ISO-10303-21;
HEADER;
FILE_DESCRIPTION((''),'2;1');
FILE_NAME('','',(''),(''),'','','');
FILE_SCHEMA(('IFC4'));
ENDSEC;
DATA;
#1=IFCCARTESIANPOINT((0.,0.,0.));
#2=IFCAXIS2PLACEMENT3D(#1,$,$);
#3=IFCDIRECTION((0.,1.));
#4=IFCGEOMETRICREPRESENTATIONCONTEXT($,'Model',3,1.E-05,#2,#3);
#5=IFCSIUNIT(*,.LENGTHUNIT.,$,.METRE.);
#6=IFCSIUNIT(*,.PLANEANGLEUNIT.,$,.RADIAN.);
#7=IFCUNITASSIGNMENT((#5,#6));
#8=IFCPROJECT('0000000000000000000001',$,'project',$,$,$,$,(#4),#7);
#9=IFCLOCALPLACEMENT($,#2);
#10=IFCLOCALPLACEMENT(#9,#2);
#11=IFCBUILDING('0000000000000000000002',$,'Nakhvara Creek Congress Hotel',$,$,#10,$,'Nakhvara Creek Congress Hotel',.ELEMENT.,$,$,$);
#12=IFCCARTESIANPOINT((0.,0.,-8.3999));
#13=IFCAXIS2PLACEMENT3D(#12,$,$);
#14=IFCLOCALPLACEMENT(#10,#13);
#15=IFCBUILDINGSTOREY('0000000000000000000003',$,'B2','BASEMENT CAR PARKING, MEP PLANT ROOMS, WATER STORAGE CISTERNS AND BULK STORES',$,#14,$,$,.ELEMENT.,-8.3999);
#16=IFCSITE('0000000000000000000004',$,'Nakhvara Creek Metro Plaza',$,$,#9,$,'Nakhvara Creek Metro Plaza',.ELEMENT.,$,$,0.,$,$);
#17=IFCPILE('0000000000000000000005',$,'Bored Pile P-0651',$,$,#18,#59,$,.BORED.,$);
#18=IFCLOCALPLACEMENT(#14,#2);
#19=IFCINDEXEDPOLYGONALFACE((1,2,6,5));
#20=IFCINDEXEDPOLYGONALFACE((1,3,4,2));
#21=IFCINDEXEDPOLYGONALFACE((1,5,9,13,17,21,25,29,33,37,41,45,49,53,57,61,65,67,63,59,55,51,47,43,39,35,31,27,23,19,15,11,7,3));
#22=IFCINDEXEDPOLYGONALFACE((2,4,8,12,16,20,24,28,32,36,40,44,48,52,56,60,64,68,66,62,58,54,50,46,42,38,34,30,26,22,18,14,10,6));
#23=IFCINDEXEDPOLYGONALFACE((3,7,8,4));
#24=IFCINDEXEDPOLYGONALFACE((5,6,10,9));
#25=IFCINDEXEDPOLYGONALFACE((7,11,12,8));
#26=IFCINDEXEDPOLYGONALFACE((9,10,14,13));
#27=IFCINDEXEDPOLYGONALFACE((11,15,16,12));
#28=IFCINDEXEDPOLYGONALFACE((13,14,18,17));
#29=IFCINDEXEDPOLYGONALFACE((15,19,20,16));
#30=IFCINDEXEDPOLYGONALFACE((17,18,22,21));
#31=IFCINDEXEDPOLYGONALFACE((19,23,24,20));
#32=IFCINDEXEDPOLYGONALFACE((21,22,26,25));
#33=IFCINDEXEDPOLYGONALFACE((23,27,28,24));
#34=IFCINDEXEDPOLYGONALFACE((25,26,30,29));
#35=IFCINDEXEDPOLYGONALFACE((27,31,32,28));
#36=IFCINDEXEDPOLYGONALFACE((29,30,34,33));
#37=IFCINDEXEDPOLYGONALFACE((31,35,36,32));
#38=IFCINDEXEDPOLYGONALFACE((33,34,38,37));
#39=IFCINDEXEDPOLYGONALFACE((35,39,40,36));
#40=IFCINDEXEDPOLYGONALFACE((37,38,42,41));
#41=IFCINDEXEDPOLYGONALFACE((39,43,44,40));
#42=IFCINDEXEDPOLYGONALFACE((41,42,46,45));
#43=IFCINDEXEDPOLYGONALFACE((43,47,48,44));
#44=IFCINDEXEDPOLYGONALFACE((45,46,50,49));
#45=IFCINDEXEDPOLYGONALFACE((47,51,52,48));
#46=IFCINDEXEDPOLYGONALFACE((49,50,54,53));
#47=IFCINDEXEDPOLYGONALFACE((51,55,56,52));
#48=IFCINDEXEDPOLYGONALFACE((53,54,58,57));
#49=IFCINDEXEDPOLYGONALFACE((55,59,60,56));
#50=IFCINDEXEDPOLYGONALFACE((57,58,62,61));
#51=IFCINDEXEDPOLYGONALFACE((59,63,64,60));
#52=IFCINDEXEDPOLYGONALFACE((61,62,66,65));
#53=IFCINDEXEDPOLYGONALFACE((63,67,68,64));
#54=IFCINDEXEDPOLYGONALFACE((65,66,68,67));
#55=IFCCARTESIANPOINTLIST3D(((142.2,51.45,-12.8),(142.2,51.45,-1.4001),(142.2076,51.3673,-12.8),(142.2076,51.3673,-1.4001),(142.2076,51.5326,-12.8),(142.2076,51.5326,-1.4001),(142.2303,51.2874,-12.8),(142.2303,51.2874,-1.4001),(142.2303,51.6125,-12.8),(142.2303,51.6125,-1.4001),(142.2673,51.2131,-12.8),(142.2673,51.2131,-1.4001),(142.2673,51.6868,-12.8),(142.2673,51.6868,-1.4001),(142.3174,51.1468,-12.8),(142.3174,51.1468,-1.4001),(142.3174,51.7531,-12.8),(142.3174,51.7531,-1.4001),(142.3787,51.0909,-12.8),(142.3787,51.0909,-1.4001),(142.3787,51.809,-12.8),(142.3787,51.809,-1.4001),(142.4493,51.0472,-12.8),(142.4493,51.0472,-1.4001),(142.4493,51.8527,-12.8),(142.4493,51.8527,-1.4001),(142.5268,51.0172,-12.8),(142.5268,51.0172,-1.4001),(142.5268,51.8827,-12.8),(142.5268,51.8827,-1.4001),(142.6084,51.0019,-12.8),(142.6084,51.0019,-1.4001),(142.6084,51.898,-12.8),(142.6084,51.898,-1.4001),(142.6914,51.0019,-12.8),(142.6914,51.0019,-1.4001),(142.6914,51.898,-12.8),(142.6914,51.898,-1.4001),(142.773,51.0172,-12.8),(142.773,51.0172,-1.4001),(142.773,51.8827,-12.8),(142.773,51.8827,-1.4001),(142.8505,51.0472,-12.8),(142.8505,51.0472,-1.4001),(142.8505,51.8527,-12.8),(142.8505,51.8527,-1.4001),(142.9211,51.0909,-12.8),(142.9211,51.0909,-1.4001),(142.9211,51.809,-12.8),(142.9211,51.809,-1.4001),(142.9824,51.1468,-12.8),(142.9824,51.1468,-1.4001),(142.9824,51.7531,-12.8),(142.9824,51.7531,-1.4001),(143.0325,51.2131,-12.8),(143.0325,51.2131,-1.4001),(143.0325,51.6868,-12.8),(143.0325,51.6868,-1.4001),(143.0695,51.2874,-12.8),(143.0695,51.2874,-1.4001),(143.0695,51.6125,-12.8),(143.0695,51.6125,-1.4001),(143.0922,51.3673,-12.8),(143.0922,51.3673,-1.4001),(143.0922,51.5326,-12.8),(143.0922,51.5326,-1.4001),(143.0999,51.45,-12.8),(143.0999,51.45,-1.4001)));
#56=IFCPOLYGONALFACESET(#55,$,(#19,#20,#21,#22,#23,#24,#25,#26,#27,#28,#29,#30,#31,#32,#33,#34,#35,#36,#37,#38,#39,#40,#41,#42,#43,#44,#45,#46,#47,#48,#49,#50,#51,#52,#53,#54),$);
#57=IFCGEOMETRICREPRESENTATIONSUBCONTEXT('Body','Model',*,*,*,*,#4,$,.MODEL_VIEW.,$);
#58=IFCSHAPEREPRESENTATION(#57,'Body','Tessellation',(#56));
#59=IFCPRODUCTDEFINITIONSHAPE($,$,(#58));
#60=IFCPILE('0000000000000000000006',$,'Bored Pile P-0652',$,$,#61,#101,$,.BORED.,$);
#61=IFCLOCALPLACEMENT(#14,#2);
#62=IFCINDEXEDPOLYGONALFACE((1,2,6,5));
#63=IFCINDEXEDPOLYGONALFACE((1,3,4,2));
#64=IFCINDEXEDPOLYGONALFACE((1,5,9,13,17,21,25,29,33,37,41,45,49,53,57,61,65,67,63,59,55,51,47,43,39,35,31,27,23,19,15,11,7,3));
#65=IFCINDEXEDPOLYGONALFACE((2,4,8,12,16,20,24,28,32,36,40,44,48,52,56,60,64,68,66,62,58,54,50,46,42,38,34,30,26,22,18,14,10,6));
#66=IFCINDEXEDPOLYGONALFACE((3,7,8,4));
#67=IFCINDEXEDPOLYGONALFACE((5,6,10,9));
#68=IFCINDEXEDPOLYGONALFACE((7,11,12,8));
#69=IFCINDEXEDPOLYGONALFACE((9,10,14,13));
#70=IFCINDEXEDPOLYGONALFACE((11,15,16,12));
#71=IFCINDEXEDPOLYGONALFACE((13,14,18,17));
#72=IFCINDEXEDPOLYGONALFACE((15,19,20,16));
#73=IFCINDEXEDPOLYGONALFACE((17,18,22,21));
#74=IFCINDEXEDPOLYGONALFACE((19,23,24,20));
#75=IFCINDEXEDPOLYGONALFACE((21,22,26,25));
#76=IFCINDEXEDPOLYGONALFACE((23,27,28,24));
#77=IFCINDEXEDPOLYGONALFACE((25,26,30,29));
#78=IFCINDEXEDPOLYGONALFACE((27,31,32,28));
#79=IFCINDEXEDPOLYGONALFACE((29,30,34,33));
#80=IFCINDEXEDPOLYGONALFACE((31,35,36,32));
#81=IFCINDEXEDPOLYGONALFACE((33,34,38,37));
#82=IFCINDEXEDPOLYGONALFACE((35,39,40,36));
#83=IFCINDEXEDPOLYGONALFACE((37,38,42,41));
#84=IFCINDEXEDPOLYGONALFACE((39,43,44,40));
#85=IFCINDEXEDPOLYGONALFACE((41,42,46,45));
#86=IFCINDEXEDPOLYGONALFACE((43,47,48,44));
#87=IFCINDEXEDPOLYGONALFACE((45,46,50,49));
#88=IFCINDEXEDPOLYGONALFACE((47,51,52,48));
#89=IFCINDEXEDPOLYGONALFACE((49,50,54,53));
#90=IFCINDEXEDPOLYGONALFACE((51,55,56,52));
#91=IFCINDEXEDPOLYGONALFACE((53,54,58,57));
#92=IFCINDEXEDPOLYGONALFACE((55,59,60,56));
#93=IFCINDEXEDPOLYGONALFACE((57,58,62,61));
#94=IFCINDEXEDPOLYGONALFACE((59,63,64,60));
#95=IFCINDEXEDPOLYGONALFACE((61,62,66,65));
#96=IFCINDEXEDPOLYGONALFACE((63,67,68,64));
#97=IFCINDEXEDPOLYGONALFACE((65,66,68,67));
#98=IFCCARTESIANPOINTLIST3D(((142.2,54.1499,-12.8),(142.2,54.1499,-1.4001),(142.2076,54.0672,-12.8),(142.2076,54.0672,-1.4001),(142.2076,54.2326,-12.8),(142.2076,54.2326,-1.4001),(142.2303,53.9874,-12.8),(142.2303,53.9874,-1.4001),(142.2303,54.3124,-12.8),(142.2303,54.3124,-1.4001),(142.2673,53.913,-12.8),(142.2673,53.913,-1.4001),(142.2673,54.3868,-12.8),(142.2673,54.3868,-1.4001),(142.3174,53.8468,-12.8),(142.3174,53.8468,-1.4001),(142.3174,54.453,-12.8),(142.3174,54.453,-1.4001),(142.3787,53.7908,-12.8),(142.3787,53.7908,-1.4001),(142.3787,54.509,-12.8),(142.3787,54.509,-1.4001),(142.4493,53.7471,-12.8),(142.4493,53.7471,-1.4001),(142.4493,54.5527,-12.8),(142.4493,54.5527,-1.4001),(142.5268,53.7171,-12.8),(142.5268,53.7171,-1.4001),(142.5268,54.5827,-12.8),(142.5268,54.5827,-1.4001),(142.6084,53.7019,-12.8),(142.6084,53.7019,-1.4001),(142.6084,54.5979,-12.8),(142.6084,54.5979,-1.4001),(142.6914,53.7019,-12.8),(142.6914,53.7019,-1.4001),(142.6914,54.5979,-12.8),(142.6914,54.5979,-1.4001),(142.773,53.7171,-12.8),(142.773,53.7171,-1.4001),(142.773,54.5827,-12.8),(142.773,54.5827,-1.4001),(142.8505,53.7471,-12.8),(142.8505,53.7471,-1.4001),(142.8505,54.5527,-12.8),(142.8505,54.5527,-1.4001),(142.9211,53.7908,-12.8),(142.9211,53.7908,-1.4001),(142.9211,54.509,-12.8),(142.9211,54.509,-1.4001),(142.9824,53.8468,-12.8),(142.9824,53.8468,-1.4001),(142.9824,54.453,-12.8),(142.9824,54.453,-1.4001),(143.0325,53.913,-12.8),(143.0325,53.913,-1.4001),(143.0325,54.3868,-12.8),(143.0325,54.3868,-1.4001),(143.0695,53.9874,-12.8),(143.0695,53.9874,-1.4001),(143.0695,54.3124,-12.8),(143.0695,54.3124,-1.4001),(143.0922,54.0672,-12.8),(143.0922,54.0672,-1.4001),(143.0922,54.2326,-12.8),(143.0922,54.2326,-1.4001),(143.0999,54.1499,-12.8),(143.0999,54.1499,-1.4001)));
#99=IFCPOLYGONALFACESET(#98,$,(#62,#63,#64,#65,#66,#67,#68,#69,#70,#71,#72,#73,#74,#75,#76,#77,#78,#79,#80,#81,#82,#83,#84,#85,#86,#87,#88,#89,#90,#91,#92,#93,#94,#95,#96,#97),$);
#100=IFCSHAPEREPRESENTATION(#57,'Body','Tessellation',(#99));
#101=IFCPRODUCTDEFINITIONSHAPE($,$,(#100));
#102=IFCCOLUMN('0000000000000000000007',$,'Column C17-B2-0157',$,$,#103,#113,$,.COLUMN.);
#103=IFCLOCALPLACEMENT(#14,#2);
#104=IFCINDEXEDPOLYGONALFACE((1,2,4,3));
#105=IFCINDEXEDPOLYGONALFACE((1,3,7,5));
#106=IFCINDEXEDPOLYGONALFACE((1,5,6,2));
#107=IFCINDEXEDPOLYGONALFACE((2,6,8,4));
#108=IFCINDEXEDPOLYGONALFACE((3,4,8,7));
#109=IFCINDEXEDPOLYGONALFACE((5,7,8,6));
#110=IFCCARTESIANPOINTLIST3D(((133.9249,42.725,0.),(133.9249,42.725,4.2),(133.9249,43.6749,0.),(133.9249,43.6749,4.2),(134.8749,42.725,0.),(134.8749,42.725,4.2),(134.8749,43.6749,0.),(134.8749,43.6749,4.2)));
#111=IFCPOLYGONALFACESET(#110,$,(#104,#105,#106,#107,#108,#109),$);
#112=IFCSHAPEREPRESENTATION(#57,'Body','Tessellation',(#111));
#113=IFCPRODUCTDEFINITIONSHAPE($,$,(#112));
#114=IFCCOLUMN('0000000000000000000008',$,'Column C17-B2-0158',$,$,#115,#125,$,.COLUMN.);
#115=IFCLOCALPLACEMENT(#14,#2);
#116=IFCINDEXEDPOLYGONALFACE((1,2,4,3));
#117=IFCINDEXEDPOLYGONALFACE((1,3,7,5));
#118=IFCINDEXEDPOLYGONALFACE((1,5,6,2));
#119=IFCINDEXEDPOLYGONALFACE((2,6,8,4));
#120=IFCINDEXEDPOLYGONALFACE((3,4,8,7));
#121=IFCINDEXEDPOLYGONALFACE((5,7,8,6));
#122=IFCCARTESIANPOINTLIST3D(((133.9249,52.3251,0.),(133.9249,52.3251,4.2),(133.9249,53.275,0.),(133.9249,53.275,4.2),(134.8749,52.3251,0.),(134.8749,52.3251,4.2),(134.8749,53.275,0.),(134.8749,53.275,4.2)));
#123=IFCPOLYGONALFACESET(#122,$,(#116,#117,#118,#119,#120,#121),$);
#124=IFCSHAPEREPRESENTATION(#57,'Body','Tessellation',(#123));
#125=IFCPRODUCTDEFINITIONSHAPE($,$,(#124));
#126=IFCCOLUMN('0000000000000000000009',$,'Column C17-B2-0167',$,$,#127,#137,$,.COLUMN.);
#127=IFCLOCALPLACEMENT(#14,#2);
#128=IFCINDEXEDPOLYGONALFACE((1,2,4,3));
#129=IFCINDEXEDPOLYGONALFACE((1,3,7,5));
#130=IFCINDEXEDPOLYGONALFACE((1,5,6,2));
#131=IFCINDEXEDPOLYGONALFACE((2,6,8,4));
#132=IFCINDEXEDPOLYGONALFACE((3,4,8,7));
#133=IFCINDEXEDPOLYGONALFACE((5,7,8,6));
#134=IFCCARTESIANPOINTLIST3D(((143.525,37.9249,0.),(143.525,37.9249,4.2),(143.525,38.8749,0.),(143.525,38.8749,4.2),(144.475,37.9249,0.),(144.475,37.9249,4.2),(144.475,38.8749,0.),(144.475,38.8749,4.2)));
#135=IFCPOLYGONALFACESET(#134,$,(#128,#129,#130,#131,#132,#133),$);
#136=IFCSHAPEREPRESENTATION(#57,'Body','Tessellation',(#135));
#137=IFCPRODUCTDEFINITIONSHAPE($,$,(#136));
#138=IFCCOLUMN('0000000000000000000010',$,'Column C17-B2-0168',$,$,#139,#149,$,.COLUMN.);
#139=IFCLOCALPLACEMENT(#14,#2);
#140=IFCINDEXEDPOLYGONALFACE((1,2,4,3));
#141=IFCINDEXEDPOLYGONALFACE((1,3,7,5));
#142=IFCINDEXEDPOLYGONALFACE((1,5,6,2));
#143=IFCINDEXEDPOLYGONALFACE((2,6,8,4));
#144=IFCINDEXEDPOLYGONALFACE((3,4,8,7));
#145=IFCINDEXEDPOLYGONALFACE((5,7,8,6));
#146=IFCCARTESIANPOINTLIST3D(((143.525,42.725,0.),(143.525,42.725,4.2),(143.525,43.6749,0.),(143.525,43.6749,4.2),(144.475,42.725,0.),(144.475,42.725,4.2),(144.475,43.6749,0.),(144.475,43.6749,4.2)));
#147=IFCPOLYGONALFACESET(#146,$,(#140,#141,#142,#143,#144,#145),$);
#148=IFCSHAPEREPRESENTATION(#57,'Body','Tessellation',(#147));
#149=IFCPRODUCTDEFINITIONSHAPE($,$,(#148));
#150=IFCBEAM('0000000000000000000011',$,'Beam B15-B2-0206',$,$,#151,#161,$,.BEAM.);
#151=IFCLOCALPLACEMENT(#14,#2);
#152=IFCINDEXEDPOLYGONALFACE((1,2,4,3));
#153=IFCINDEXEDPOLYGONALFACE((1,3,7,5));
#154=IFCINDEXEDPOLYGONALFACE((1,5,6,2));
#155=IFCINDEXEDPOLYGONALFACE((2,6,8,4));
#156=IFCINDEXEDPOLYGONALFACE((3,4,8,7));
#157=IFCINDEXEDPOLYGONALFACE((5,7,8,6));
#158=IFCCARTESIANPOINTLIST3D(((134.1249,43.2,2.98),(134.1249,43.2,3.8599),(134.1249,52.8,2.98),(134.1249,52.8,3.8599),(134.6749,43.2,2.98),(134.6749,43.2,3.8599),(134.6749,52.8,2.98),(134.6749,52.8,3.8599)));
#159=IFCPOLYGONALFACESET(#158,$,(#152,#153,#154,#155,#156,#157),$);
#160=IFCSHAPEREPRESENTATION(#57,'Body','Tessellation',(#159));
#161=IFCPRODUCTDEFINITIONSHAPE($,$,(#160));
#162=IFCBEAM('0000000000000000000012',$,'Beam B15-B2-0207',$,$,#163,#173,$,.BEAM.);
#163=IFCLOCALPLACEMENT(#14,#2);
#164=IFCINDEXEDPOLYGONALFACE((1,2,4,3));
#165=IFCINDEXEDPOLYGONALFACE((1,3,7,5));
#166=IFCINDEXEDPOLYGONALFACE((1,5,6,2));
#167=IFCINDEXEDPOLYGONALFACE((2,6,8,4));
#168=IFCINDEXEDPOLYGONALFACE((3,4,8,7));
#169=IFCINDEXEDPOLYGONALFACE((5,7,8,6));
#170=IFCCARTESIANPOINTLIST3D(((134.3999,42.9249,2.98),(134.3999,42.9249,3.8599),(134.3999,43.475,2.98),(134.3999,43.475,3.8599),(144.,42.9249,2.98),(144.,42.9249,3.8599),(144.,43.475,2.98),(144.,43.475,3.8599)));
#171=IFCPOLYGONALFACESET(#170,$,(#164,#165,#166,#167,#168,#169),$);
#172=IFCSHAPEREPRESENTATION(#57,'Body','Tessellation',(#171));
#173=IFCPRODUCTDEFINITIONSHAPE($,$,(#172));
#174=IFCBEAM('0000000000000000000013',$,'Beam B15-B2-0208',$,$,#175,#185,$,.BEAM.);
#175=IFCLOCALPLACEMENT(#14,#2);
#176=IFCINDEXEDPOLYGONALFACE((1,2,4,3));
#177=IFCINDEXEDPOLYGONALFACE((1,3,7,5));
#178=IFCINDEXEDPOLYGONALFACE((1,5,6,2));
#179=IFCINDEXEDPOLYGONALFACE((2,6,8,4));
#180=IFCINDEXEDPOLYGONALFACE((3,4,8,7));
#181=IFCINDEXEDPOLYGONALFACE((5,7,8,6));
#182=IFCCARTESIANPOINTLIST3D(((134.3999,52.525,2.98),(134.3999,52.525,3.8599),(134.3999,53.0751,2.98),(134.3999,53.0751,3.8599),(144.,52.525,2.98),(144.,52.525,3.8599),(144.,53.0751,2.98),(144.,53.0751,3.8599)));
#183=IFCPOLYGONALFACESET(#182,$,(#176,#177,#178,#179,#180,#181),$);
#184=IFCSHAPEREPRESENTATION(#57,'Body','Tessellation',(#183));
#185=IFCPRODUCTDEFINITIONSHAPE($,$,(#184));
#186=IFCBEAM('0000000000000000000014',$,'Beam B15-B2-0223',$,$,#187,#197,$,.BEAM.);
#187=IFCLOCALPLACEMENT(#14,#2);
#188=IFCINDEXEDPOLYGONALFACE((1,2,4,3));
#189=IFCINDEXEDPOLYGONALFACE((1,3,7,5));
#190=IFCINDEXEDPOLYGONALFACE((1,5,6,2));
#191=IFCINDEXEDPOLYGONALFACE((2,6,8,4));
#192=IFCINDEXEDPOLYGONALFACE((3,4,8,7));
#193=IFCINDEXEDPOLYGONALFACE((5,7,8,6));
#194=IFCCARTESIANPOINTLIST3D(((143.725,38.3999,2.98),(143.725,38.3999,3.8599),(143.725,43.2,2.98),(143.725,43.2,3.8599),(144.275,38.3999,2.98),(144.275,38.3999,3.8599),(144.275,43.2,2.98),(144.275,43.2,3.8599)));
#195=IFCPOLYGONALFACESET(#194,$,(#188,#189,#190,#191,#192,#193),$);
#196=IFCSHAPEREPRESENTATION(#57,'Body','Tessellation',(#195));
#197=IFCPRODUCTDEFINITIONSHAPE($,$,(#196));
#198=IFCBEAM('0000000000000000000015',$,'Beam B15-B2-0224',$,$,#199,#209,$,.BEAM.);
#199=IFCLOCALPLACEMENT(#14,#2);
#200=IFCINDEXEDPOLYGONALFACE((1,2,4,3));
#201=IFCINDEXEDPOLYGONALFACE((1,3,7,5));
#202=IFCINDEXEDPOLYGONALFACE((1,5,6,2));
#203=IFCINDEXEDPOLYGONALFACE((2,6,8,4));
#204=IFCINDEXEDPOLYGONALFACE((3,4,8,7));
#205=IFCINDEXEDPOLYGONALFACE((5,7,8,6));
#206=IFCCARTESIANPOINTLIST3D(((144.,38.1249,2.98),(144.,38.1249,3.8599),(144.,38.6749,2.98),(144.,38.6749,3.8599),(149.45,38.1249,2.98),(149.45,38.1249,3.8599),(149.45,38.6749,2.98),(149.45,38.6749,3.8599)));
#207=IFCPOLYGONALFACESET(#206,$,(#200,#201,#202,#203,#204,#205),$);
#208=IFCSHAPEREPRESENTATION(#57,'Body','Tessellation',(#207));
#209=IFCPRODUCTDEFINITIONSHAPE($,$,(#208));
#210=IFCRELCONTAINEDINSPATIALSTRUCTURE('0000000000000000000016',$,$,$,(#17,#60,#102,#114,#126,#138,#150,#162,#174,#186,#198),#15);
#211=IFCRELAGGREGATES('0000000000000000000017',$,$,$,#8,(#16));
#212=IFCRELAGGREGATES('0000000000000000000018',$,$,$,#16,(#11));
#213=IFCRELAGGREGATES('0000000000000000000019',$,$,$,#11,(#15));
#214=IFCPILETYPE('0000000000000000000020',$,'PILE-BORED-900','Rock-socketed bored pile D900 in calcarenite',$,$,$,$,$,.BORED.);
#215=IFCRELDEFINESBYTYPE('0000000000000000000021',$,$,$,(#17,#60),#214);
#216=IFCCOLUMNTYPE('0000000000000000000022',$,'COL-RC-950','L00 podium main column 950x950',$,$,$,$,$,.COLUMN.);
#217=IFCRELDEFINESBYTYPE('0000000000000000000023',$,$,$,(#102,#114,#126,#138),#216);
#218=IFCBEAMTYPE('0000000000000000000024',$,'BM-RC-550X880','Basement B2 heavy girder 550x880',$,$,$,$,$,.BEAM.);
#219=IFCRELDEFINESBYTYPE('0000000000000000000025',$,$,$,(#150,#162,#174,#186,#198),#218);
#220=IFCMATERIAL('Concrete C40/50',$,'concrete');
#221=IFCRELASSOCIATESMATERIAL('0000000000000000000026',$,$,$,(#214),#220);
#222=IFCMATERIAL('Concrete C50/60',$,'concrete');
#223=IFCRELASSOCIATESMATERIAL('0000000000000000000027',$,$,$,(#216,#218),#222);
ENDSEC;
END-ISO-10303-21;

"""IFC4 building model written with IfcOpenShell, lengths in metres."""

from ifc_helpers import new_model, si_unit, direction, frame, origin, origin_2d, place, context, subcontext, project, spatial, rectangle, circle, extrude, material, material_profile, profile_set, type_object, element, save


model = new_model("IFC4")

# Units and contexts
model_context = context("Model", 3, precision=1e-05, world=origin(), true_north=direction((0.0, 1.0)))
body_context = subcontext(model_context, "Body", "Model", "MODEL_VIEW")
ifc_project = project(units=[si_unit("LENGTHUNIT", "METRE"), si_unit("PLANEANGLEUNIT", "RADIAN")], contexts=[model_context])

# Site, building, storey
site_placement = place(None, origin())
site = spatial("IfcSite", under=ifc_project, at=site_placement, Name="Nakhvara Creek Metro Plaza", LongName="Nakhvara Creek Metro Plaza", CompositionType="ELEMENT", RefElevation=0.0)
building_placement = place(site_placement, origin())
building = spatial("IfcBuilding", under=site, at=building_placement, Name="Nakhvara Creek Congress Hotel", LongName="Nakhvara Creek Congress Hotel", CompositionType="ELEMENT")
storey_placement = place(building_placement, frame((0.0, 0.0, -8.3999)))
storey = spatial("IfcBuildingStorey", under=building, at=storey_placement, Name="B2", Description="BASEMENT CAR PARKING, MEP PLANT ROOMS, WATER STORAGE CISTERNS AND BULK STORES", CompositionType="ELEMENT", Elevation=-8.3999)

# Shared definitions
ifc_material_1 = material(Name="Concrete C40/50", Category="concrete")

# Piles
ifc_material_profile_1 = material_profile(ifc_material_1, circle(Radius=0.45, at=origin_2d()), Name="BORED PILE D900", Category="LoadBearing")
ifc_profile_set_1 = profile_set([ifc_material_profile_1], Name="Concrete C40/50")
pile_type = type_object("IfcPileType", Name="PILE-BORED-900", Description="Rock-socketed bored pile D900 in calcarenite", PredefinedType="BORED", material=ifc_profile_set_1)
for number, where, z_axis, x_axis, name in (
    (1, (142.6499, 51.45, -1.4001), (0.0, 0.0, -1.0), (1.0, 0.0, 0.0), "Bored Pile P-0651"),
    (2, (142.6499, 54.1499, -1.4001), (0.0, 0.0, -1.0), (1.0, 0.0, 0.0), "Bored Pile P-0652"),
):
    element("IfcPile", number, at=place(storey_placement, frame(where, z_axis=z_axis, x_axis=x_axis)), inside=storey, type_object=pile_type, Name=name, PredefinedType="BORED", context=body_context, shape_type="SweptSolid", body=[
        extrude(circle(Radius=0.45, at=origin_2d()), origin(), (0.0, 0.0, 1.0), 11.3999),
    ])

# Columns
ifc_material_2 = material(Name="Concrete C50/60", Category="concrete")
ifc_material_profile_2 = material_profile(ifc_material_2, rectangle(XDim=0.95, YDim=0.95, at=origin_2d()), Name="RC-COL 950x950", Category="LoadBearing")
ifc_profile_set_2 = profile_set([ifc_material_profile_2], Name="Concrete C50/60")
column_type = type_object("IfcColumnType", Name="COL-RC-950", Description="L00 podium main column 950x950", PredefinedType="COLUMN", material=ifc_profile_set_2)
for number, where, z_axis, x_axis, name in (
    (3, (134.3999, 43.2, 0.0), (0.0, 0.0, 1.0), (1.0, 0.0, 0.0), "Column C17-B2-0157"),
    (4, (134.3999, 52.8, 0.0), (0.0, 0.0, 1.0), (1.0, 0.0, 0.0), "Column C17-B2-0158"),
    (5, (144.0, 38.3999, 0.0), (0.0, 0.0, 1.0), (1.0, 0.0, 0.0), "Column C17-B2-0167"),
    (6, (144.0, 43.2, 0.0), (0.0, 0.0, 1.0), (1.0, 0.0, 0.0), "Column C17-B2-0168"),
):
    element("IfcColumn", number, at=place(storey_placement, frame(where, z_axis=z_axis, x_axis=x_axis)), inside=storey, type_object=column_type, Name=name, PredefinedType="COLUMN", context=body_context, shape_type="SweptSolid", body=[
        extrude(rectangle(XDim=0.95, YDim=0.95, at=origin_2d()), origin(), (0.0, 0.0, 1.0), 4.2),
    ])

# Beams
ifc_material_profile_3 = material_profile(ifc_material_2, rectangle(XDim=0.55, YDim=0.8799, at=origin_2d()), Name="RC-BM 550x880", Category="LoadBearing")
ifc_profile_set_3 = profile_set([ifc_material_profile_3], Name="Concrete C50/60")
beam_type = type_object("IfcBeamType", Name="BM-RC-550X880", Description="Basement B2 heavy girder 550x880", PredefinedType="BEAM", material=ifc_profile_set_3)
for number, where, z_axis, x_axis, name in (
    (7, (134.3999, 43.2, 3.4199), (0.0, 1.0, 0.0), (-1.0, 0.0, 0.0), "Beam B15-B2-0206"),
    (8, (134.3999, 43.2, 3.4199), (1.0, 0.0, 0.0), (0.0, 1.0, 0.0), "Beam B15-B2-0207"),
    (9, (134.3999, 52.8, 3.4199), (1.0, 0.0, 0.0), (0.0, 1.0, 0.0), "Beam B15-B2-0208"),
):
    element("IfcBeam", number, at=place(storey_placement, frame(where, z_axis=z_axis, x_axis=x_axis)), inside=storey, type_object=beam_type, Name=name, PredefinedType="BEAM", context=body_context, shape_type="SweptSolid", body=[
        extrude(rectangle(XDim=0.55, YDim=0.8799, at=origin_2d()), origin(), (0.0, 0.0, 1.0), 9.6001),
    ])
beam_1_placement = place(storey_placement, frame((144.0, 38.3999, 3.4199), z_axis=(0.0, 1.0, 0.0), x_axis=(-1.0, 0.0, 0.0)))
element("IfcBeam", 10, at=beam_1_placement, inside=storey, type_object=beam_type, Name="Beam B15-B2-0223", PredefinedType="BEAM", context=body_context, shape_type="SweptSolid", body=[
    extrude(rectangle(XDim=0.55, YDim=0.8799, at=origin_2d()), origin(), (0.0, 0.0, 1.0), 4.8),
])
beam_2_placement = place(storey_placement, frame((144.0, 38.3999, 3.4199), z_axis=(1.0, 0.0, 0.0), x_axis=(0.0, 1.0, 0.0)))
element("IfcBeam", 11, at=beam_2_placement, inside=storey, type_object=beam_type, Name="Beam B15-B2-0224", PredefinedType="BEAM", context=body_context, shape_type="SweptSolid", body=[
    extrude(rectangle(XDim=0.55, YDim=0.8799, at=origin_2d()), origin(), (0.0, 0.0, 1.0), 5.45),
])

save(model, "model.ifc")
